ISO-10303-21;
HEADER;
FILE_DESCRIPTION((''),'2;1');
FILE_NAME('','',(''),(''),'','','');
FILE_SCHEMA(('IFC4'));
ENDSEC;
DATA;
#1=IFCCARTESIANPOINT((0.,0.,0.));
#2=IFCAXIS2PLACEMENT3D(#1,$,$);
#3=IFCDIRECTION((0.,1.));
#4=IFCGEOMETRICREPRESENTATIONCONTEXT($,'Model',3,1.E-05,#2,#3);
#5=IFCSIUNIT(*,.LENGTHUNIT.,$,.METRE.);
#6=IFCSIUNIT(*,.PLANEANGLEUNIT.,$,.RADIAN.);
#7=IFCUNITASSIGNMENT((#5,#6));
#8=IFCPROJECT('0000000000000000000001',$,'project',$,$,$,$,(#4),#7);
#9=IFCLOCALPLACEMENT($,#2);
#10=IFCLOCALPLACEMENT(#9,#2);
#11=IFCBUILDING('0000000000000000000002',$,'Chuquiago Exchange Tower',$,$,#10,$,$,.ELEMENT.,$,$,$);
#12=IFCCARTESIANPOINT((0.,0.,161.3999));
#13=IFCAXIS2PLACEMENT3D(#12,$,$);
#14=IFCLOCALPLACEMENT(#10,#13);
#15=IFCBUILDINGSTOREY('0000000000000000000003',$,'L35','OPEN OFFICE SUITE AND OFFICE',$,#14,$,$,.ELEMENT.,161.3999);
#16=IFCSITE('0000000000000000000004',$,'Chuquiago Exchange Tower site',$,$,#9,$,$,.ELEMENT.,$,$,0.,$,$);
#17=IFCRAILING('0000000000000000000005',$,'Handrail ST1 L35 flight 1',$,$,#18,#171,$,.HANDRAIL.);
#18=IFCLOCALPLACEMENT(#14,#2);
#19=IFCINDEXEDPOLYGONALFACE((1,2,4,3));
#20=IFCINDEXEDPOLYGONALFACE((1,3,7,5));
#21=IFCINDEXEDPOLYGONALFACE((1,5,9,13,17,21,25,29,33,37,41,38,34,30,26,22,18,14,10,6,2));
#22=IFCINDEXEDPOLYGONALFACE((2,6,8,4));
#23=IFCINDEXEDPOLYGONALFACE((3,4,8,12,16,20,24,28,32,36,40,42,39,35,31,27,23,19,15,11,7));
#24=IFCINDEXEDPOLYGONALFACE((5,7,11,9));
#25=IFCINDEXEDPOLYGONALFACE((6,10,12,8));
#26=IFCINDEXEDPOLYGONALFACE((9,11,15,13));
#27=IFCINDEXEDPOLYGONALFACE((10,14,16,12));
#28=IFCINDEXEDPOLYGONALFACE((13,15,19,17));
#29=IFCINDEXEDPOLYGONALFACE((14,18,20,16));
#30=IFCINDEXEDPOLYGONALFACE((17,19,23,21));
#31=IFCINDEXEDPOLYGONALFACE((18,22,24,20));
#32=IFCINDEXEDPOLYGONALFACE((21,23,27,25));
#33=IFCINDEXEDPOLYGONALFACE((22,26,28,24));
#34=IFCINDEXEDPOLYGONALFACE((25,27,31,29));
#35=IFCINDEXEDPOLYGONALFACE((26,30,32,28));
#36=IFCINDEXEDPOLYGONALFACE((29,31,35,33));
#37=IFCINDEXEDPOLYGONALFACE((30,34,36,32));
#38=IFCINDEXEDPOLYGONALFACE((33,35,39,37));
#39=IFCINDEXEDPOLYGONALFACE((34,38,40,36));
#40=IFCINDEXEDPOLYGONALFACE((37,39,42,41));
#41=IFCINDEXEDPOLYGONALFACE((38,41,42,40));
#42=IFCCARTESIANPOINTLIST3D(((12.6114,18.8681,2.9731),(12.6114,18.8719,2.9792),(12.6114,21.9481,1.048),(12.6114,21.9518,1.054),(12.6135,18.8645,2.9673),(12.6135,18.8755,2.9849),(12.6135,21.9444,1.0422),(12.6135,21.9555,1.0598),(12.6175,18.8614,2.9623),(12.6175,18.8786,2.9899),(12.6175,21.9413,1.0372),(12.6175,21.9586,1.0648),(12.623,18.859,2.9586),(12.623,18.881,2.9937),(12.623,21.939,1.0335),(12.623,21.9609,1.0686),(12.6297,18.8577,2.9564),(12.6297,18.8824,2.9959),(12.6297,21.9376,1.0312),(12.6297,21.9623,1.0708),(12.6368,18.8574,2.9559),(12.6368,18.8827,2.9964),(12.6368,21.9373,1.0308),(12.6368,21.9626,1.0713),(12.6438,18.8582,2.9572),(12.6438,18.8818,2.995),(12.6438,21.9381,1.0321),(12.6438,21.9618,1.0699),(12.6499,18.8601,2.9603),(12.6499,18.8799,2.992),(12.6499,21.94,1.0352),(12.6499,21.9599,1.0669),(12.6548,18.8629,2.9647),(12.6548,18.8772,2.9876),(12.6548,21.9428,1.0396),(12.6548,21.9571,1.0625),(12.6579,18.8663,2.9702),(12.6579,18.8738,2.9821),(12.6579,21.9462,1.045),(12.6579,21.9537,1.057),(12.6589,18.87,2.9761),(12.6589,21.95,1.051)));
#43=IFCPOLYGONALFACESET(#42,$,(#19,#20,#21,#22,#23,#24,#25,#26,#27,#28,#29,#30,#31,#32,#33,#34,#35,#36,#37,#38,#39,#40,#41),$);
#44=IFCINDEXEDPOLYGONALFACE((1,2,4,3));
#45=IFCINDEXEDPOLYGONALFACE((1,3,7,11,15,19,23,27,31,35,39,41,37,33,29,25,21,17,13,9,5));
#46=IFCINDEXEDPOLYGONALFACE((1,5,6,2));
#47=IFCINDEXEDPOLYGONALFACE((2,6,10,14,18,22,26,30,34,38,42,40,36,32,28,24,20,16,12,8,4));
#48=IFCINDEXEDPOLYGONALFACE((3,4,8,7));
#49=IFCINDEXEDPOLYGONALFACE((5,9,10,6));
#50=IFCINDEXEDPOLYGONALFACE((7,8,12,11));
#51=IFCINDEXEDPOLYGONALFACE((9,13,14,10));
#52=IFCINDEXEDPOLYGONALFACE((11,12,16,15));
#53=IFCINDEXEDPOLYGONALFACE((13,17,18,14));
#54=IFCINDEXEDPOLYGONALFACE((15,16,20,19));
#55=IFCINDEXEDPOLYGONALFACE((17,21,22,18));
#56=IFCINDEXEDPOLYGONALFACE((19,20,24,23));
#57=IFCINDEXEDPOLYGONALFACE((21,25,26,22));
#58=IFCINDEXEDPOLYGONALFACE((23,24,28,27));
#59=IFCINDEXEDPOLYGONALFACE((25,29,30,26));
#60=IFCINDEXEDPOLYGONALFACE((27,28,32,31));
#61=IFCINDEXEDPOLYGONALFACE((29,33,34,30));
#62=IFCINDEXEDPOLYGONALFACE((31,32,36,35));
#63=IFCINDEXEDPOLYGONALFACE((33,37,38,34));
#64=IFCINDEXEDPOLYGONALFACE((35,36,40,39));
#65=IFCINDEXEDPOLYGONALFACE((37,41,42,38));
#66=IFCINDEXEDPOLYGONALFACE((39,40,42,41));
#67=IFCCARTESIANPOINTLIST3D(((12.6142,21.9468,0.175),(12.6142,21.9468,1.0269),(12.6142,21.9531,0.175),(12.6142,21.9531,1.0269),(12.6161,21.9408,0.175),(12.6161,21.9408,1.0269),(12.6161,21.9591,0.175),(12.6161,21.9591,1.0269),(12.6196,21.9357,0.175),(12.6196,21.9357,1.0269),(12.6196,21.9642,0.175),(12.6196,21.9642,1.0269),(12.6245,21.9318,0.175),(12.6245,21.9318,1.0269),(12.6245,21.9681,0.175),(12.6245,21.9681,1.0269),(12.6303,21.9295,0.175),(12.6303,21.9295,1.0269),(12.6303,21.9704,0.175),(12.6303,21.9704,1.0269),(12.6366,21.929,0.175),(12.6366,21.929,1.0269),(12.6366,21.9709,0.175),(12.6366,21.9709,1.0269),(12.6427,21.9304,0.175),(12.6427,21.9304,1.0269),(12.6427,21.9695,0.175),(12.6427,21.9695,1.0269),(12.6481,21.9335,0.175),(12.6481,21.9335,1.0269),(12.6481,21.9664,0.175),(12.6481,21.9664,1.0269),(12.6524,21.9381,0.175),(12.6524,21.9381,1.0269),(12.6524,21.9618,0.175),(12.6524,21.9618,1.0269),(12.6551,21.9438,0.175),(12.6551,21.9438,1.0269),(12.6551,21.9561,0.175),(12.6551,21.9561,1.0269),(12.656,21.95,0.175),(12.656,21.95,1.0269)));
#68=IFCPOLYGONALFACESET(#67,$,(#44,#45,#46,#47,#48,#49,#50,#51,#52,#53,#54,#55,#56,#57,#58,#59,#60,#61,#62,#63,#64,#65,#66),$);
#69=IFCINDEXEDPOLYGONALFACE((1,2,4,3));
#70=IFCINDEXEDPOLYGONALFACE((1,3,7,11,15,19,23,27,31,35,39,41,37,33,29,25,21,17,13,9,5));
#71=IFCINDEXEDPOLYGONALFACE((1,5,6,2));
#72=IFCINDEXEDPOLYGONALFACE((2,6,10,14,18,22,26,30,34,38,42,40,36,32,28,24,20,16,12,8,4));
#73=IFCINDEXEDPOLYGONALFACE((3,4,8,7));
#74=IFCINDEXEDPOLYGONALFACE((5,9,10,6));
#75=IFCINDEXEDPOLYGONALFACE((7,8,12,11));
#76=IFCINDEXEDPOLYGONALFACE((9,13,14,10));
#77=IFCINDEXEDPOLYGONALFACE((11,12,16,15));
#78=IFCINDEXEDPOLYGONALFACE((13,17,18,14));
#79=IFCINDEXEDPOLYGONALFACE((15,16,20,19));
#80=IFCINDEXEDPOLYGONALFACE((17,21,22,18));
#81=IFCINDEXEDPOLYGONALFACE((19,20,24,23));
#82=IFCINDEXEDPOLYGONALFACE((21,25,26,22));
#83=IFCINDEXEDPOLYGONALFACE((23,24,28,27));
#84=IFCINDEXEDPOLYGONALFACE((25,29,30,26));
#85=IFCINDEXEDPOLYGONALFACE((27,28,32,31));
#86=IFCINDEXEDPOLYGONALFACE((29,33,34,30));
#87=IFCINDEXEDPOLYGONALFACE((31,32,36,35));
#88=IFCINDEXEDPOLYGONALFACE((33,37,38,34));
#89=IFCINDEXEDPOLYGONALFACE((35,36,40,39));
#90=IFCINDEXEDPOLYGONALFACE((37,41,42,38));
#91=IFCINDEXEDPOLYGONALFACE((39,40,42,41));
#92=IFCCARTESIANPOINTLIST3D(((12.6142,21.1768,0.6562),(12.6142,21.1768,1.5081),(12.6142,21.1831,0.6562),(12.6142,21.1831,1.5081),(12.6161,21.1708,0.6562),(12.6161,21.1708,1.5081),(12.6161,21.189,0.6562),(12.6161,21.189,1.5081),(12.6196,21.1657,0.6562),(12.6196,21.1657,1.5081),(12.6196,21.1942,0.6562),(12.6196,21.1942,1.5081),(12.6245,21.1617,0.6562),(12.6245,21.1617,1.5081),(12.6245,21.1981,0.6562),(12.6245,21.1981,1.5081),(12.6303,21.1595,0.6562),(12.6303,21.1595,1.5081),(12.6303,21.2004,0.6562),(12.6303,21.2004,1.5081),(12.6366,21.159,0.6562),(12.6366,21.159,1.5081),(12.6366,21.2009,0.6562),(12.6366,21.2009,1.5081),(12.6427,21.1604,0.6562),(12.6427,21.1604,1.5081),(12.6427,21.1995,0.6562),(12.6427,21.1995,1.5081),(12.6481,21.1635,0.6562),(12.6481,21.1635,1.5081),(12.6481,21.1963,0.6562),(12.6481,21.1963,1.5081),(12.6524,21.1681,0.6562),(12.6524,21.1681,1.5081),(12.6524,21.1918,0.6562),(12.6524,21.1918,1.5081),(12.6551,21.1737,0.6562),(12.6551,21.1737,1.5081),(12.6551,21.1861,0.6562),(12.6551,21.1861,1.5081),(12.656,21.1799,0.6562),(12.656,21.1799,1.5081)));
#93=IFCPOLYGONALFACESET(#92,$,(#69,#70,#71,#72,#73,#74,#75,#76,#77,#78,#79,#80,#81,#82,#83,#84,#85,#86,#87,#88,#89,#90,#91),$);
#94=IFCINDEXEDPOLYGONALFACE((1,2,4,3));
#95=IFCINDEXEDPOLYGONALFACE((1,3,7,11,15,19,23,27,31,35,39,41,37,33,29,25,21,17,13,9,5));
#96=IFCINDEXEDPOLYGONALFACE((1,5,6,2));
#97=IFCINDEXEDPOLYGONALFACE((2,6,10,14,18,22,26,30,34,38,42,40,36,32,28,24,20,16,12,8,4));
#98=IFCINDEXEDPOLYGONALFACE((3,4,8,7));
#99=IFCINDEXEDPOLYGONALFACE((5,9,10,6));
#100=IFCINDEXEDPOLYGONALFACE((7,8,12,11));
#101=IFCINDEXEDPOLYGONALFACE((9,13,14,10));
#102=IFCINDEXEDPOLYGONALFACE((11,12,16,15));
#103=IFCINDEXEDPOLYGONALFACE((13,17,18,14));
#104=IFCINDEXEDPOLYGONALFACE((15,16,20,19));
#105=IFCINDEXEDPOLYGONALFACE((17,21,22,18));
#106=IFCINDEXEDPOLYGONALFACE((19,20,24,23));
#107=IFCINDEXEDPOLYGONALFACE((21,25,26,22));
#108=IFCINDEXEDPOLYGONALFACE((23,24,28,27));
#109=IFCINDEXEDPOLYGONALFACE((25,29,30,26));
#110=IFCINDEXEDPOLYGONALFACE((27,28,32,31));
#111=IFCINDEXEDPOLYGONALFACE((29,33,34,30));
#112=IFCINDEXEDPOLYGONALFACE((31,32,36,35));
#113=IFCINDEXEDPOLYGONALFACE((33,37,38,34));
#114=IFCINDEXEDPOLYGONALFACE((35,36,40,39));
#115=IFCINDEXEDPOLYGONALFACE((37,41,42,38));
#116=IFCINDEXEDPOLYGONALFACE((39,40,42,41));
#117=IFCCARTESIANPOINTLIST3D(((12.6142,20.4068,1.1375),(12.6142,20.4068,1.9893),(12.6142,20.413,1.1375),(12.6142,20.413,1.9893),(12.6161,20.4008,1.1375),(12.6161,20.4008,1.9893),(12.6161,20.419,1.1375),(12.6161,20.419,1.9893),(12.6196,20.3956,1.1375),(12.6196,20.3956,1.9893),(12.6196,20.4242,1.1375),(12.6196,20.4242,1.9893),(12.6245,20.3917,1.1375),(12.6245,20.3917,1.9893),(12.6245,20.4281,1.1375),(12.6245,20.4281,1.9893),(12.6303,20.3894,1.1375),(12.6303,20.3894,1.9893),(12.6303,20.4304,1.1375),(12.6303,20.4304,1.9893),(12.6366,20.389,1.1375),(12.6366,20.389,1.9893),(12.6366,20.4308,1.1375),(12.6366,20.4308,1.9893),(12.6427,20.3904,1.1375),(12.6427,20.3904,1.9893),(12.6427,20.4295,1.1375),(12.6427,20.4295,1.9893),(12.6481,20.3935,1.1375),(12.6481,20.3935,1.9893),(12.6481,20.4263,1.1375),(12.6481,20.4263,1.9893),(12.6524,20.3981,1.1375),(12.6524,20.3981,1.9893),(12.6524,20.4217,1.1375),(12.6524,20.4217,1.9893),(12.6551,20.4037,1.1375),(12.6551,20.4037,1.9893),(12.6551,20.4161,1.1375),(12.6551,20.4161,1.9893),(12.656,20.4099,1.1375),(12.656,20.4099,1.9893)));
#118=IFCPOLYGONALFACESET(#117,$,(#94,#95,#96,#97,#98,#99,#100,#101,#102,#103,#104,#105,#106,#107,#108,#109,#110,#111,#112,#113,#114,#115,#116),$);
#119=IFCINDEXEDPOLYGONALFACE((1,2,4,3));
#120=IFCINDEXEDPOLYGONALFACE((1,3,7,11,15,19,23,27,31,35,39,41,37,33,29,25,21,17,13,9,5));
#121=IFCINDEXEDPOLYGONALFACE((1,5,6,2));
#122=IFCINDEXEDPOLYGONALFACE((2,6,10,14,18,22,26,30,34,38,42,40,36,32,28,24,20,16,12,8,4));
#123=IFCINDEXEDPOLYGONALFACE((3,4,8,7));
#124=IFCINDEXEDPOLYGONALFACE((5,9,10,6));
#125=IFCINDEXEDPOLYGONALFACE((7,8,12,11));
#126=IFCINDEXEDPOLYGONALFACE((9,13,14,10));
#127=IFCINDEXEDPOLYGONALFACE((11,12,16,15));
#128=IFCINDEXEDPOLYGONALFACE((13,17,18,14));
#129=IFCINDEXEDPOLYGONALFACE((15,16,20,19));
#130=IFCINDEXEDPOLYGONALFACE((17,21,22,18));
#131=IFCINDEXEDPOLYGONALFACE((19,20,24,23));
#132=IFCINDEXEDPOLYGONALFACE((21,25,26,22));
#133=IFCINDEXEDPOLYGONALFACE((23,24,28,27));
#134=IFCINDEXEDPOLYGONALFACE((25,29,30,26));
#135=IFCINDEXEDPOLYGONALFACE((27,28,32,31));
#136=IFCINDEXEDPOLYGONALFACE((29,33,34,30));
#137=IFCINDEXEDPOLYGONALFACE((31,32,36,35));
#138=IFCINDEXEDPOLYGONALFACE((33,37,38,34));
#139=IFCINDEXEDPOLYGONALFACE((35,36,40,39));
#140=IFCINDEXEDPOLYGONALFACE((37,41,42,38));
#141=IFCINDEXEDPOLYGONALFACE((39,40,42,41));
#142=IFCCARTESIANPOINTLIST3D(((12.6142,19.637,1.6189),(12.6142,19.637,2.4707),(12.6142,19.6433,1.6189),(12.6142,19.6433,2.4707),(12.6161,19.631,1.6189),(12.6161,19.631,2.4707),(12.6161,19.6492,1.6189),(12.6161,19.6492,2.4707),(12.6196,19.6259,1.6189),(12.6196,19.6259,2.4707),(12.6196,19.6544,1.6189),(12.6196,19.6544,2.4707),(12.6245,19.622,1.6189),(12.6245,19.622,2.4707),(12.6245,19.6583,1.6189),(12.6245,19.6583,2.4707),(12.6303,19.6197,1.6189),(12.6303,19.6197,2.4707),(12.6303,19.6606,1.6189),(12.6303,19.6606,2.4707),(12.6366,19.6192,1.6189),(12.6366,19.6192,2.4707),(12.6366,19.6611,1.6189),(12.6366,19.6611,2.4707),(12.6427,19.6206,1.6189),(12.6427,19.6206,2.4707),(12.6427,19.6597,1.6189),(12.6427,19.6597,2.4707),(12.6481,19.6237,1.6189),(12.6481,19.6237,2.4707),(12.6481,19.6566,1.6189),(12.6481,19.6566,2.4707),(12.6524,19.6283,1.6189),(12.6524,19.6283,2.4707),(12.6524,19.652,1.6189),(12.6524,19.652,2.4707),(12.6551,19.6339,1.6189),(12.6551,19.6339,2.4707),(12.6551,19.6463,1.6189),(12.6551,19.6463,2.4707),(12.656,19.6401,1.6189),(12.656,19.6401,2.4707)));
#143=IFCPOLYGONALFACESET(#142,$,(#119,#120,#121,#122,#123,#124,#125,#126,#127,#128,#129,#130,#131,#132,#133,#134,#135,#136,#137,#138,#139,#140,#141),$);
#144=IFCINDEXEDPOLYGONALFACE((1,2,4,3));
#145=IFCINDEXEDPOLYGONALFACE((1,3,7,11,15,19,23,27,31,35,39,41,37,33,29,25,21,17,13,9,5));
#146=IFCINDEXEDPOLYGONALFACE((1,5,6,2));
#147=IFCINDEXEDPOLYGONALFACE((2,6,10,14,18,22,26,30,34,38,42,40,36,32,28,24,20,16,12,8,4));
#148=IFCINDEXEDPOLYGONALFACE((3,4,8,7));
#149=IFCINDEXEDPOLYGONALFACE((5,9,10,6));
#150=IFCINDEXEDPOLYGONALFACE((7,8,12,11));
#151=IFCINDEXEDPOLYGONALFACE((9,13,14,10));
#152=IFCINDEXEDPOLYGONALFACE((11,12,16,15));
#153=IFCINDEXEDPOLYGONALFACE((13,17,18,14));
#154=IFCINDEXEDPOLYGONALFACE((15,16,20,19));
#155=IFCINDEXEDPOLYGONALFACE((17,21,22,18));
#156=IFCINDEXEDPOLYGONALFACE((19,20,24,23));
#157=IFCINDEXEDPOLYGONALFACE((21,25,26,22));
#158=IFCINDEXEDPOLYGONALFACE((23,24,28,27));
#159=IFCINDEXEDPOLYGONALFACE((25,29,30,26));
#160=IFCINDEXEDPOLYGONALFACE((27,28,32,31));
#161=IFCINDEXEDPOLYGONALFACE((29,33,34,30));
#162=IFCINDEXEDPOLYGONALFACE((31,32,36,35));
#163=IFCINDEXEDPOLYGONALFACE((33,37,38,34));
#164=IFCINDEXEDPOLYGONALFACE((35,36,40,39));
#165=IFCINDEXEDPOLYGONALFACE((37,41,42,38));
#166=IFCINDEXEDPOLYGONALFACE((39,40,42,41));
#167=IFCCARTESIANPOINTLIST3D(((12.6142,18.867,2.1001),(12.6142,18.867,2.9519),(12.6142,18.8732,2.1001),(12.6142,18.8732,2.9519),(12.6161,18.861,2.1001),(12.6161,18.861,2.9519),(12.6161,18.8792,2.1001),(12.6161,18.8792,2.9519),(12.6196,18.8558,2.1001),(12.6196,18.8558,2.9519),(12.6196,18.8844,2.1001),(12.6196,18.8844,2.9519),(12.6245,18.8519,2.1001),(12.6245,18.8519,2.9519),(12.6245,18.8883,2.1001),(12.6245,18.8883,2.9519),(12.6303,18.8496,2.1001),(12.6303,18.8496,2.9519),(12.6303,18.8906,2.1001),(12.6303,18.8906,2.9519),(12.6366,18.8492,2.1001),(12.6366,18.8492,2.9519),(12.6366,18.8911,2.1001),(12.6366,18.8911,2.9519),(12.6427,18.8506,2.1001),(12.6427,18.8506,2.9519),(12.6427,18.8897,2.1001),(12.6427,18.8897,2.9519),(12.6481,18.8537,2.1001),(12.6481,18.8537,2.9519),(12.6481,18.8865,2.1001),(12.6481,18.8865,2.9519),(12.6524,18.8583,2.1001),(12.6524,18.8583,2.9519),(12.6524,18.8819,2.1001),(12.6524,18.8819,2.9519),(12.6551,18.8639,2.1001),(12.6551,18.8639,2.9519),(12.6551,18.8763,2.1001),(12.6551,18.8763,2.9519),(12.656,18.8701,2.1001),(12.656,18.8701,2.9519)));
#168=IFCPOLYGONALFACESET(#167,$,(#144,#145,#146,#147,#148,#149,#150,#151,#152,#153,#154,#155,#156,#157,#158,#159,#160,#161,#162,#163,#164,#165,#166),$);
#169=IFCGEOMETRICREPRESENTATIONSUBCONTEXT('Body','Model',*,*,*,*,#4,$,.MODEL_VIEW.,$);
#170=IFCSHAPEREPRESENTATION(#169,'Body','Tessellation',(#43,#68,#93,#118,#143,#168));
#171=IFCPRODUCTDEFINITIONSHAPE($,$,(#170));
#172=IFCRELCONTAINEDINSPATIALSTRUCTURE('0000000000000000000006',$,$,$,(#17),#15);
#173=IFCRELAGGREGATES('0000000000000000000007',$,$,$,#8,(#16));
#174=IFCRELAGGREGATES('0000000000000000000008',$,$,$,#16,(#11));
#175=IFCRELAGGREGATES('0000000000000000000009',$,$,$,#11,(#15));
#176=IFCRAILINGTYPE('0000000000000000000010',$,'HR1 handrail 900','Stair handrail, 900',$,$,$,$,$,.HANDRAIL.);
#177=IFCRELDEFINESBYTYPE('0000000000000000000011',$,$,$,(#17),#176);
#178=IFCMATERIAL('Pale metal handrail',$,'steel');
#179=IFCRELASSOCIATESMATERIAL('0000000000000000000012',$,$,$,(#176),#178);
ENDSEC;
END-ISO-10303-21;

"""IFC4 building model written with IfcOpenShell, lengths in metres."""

from ifc_helpers import new_model, si_unit, direction, frame, origin, origin_2d, place, context, subcontext, project, spatial, circle, extrude, material, type_object, element, save


model = new_model("IFC4")

# Units and contexts
model_context = context("Model", 3, precision=1e-05, world=origin(), true_north=direction((0.0, 1.0)))
body_context = subcontext(model_context, "Body", "Model", "MODEL_VIEW")
ifc_project = project(units=[si_unit("LENGTHUNIT", "METRE"), si_unit("PLANEANGLEUNIT", "RADIAN")], contexts=[model_context])

# Site, building, storey
site_placement = place(None, origin())
site = spatial("IfcSite", under=ifc_project, at=site_placement, Name="Chuquiago Exchange Tower site", CompositionType="ELEMENT", RefElevation=0.0)
building_placement = place(site_placement, origin())
building = spatial("IfcBuilding", under=site, at=building_placement, Name="Chuquiago Exchange Tower", CompositionType="ELEMENT")
storey_placement = place(building_placement, frame((0.0, 0.0, 161.3999)))
storey = spatial("IfcBuildingStorey", under=building, at=storey_placement, Name="L35", Description="OPEN OFFICE SUITE AND OFFICE", CompositionType="ELEMENT", Elevation=161.3999)

# Railing
ifc_material_1 = material(Name="Pale metal handrail", Category="steel")
railing_type = type_object("IfcRailingType", Name="HR1 handrail 900", Description="Stair handrail, 900", PredefinedType="HANDRAIL", material=ifc_material_1)
for number, where, name in (
    (1, (12.635, 21.95, 0.175), "Handrail ST1 L35 flight 1"),
):
    element("IfcRailing", number, at=place(storey_placement, frame(where)), inside=storey, type_object=railing_type, Name=name, PredefinedType="HANDRAIL", context=body_context, shape_type="SweptSolid", body=[
        extrude(circle(Radius=0.0239, at=origin_2d()), frame((0.0, 0.0, 0.876), z_axis=(0.0, -0.847979, 0.530029), x_axis=(1.0, 0.0, 0.0)), (0.0, 0.0, 1.0), 3.6321),
        extrude(circle(Radius=0.021, at=origin_2d()), origin(), (0.0, 0.0, 1.0), 0.8518),
        extrude(circle(Radius=0.021, at=origin_2d()), frame((0.0, -0.77, 0.4812)), (0.0, 0.0, 1.0), 0.8518),
        extrude(circle(Radius=0.021, at=origin_2d()), frame((0.0, -1.54, 0.9624)), (0.0, 0.0, 1.0), 0.8518),
        extrude(circle(Radius=0.021, at=origin_2d()), frame((0.0, -2.3098, 1.4438)), (0.0, 0.0, 1.0), 0.8518),
        extrude(circle(Radius=0.021, at=origin_2d()), frame((0.0, -3.0798, 1.925)), (0.0, 0.0, 1.0), 0.8518),
    ])

save(model, "model.ifc")
